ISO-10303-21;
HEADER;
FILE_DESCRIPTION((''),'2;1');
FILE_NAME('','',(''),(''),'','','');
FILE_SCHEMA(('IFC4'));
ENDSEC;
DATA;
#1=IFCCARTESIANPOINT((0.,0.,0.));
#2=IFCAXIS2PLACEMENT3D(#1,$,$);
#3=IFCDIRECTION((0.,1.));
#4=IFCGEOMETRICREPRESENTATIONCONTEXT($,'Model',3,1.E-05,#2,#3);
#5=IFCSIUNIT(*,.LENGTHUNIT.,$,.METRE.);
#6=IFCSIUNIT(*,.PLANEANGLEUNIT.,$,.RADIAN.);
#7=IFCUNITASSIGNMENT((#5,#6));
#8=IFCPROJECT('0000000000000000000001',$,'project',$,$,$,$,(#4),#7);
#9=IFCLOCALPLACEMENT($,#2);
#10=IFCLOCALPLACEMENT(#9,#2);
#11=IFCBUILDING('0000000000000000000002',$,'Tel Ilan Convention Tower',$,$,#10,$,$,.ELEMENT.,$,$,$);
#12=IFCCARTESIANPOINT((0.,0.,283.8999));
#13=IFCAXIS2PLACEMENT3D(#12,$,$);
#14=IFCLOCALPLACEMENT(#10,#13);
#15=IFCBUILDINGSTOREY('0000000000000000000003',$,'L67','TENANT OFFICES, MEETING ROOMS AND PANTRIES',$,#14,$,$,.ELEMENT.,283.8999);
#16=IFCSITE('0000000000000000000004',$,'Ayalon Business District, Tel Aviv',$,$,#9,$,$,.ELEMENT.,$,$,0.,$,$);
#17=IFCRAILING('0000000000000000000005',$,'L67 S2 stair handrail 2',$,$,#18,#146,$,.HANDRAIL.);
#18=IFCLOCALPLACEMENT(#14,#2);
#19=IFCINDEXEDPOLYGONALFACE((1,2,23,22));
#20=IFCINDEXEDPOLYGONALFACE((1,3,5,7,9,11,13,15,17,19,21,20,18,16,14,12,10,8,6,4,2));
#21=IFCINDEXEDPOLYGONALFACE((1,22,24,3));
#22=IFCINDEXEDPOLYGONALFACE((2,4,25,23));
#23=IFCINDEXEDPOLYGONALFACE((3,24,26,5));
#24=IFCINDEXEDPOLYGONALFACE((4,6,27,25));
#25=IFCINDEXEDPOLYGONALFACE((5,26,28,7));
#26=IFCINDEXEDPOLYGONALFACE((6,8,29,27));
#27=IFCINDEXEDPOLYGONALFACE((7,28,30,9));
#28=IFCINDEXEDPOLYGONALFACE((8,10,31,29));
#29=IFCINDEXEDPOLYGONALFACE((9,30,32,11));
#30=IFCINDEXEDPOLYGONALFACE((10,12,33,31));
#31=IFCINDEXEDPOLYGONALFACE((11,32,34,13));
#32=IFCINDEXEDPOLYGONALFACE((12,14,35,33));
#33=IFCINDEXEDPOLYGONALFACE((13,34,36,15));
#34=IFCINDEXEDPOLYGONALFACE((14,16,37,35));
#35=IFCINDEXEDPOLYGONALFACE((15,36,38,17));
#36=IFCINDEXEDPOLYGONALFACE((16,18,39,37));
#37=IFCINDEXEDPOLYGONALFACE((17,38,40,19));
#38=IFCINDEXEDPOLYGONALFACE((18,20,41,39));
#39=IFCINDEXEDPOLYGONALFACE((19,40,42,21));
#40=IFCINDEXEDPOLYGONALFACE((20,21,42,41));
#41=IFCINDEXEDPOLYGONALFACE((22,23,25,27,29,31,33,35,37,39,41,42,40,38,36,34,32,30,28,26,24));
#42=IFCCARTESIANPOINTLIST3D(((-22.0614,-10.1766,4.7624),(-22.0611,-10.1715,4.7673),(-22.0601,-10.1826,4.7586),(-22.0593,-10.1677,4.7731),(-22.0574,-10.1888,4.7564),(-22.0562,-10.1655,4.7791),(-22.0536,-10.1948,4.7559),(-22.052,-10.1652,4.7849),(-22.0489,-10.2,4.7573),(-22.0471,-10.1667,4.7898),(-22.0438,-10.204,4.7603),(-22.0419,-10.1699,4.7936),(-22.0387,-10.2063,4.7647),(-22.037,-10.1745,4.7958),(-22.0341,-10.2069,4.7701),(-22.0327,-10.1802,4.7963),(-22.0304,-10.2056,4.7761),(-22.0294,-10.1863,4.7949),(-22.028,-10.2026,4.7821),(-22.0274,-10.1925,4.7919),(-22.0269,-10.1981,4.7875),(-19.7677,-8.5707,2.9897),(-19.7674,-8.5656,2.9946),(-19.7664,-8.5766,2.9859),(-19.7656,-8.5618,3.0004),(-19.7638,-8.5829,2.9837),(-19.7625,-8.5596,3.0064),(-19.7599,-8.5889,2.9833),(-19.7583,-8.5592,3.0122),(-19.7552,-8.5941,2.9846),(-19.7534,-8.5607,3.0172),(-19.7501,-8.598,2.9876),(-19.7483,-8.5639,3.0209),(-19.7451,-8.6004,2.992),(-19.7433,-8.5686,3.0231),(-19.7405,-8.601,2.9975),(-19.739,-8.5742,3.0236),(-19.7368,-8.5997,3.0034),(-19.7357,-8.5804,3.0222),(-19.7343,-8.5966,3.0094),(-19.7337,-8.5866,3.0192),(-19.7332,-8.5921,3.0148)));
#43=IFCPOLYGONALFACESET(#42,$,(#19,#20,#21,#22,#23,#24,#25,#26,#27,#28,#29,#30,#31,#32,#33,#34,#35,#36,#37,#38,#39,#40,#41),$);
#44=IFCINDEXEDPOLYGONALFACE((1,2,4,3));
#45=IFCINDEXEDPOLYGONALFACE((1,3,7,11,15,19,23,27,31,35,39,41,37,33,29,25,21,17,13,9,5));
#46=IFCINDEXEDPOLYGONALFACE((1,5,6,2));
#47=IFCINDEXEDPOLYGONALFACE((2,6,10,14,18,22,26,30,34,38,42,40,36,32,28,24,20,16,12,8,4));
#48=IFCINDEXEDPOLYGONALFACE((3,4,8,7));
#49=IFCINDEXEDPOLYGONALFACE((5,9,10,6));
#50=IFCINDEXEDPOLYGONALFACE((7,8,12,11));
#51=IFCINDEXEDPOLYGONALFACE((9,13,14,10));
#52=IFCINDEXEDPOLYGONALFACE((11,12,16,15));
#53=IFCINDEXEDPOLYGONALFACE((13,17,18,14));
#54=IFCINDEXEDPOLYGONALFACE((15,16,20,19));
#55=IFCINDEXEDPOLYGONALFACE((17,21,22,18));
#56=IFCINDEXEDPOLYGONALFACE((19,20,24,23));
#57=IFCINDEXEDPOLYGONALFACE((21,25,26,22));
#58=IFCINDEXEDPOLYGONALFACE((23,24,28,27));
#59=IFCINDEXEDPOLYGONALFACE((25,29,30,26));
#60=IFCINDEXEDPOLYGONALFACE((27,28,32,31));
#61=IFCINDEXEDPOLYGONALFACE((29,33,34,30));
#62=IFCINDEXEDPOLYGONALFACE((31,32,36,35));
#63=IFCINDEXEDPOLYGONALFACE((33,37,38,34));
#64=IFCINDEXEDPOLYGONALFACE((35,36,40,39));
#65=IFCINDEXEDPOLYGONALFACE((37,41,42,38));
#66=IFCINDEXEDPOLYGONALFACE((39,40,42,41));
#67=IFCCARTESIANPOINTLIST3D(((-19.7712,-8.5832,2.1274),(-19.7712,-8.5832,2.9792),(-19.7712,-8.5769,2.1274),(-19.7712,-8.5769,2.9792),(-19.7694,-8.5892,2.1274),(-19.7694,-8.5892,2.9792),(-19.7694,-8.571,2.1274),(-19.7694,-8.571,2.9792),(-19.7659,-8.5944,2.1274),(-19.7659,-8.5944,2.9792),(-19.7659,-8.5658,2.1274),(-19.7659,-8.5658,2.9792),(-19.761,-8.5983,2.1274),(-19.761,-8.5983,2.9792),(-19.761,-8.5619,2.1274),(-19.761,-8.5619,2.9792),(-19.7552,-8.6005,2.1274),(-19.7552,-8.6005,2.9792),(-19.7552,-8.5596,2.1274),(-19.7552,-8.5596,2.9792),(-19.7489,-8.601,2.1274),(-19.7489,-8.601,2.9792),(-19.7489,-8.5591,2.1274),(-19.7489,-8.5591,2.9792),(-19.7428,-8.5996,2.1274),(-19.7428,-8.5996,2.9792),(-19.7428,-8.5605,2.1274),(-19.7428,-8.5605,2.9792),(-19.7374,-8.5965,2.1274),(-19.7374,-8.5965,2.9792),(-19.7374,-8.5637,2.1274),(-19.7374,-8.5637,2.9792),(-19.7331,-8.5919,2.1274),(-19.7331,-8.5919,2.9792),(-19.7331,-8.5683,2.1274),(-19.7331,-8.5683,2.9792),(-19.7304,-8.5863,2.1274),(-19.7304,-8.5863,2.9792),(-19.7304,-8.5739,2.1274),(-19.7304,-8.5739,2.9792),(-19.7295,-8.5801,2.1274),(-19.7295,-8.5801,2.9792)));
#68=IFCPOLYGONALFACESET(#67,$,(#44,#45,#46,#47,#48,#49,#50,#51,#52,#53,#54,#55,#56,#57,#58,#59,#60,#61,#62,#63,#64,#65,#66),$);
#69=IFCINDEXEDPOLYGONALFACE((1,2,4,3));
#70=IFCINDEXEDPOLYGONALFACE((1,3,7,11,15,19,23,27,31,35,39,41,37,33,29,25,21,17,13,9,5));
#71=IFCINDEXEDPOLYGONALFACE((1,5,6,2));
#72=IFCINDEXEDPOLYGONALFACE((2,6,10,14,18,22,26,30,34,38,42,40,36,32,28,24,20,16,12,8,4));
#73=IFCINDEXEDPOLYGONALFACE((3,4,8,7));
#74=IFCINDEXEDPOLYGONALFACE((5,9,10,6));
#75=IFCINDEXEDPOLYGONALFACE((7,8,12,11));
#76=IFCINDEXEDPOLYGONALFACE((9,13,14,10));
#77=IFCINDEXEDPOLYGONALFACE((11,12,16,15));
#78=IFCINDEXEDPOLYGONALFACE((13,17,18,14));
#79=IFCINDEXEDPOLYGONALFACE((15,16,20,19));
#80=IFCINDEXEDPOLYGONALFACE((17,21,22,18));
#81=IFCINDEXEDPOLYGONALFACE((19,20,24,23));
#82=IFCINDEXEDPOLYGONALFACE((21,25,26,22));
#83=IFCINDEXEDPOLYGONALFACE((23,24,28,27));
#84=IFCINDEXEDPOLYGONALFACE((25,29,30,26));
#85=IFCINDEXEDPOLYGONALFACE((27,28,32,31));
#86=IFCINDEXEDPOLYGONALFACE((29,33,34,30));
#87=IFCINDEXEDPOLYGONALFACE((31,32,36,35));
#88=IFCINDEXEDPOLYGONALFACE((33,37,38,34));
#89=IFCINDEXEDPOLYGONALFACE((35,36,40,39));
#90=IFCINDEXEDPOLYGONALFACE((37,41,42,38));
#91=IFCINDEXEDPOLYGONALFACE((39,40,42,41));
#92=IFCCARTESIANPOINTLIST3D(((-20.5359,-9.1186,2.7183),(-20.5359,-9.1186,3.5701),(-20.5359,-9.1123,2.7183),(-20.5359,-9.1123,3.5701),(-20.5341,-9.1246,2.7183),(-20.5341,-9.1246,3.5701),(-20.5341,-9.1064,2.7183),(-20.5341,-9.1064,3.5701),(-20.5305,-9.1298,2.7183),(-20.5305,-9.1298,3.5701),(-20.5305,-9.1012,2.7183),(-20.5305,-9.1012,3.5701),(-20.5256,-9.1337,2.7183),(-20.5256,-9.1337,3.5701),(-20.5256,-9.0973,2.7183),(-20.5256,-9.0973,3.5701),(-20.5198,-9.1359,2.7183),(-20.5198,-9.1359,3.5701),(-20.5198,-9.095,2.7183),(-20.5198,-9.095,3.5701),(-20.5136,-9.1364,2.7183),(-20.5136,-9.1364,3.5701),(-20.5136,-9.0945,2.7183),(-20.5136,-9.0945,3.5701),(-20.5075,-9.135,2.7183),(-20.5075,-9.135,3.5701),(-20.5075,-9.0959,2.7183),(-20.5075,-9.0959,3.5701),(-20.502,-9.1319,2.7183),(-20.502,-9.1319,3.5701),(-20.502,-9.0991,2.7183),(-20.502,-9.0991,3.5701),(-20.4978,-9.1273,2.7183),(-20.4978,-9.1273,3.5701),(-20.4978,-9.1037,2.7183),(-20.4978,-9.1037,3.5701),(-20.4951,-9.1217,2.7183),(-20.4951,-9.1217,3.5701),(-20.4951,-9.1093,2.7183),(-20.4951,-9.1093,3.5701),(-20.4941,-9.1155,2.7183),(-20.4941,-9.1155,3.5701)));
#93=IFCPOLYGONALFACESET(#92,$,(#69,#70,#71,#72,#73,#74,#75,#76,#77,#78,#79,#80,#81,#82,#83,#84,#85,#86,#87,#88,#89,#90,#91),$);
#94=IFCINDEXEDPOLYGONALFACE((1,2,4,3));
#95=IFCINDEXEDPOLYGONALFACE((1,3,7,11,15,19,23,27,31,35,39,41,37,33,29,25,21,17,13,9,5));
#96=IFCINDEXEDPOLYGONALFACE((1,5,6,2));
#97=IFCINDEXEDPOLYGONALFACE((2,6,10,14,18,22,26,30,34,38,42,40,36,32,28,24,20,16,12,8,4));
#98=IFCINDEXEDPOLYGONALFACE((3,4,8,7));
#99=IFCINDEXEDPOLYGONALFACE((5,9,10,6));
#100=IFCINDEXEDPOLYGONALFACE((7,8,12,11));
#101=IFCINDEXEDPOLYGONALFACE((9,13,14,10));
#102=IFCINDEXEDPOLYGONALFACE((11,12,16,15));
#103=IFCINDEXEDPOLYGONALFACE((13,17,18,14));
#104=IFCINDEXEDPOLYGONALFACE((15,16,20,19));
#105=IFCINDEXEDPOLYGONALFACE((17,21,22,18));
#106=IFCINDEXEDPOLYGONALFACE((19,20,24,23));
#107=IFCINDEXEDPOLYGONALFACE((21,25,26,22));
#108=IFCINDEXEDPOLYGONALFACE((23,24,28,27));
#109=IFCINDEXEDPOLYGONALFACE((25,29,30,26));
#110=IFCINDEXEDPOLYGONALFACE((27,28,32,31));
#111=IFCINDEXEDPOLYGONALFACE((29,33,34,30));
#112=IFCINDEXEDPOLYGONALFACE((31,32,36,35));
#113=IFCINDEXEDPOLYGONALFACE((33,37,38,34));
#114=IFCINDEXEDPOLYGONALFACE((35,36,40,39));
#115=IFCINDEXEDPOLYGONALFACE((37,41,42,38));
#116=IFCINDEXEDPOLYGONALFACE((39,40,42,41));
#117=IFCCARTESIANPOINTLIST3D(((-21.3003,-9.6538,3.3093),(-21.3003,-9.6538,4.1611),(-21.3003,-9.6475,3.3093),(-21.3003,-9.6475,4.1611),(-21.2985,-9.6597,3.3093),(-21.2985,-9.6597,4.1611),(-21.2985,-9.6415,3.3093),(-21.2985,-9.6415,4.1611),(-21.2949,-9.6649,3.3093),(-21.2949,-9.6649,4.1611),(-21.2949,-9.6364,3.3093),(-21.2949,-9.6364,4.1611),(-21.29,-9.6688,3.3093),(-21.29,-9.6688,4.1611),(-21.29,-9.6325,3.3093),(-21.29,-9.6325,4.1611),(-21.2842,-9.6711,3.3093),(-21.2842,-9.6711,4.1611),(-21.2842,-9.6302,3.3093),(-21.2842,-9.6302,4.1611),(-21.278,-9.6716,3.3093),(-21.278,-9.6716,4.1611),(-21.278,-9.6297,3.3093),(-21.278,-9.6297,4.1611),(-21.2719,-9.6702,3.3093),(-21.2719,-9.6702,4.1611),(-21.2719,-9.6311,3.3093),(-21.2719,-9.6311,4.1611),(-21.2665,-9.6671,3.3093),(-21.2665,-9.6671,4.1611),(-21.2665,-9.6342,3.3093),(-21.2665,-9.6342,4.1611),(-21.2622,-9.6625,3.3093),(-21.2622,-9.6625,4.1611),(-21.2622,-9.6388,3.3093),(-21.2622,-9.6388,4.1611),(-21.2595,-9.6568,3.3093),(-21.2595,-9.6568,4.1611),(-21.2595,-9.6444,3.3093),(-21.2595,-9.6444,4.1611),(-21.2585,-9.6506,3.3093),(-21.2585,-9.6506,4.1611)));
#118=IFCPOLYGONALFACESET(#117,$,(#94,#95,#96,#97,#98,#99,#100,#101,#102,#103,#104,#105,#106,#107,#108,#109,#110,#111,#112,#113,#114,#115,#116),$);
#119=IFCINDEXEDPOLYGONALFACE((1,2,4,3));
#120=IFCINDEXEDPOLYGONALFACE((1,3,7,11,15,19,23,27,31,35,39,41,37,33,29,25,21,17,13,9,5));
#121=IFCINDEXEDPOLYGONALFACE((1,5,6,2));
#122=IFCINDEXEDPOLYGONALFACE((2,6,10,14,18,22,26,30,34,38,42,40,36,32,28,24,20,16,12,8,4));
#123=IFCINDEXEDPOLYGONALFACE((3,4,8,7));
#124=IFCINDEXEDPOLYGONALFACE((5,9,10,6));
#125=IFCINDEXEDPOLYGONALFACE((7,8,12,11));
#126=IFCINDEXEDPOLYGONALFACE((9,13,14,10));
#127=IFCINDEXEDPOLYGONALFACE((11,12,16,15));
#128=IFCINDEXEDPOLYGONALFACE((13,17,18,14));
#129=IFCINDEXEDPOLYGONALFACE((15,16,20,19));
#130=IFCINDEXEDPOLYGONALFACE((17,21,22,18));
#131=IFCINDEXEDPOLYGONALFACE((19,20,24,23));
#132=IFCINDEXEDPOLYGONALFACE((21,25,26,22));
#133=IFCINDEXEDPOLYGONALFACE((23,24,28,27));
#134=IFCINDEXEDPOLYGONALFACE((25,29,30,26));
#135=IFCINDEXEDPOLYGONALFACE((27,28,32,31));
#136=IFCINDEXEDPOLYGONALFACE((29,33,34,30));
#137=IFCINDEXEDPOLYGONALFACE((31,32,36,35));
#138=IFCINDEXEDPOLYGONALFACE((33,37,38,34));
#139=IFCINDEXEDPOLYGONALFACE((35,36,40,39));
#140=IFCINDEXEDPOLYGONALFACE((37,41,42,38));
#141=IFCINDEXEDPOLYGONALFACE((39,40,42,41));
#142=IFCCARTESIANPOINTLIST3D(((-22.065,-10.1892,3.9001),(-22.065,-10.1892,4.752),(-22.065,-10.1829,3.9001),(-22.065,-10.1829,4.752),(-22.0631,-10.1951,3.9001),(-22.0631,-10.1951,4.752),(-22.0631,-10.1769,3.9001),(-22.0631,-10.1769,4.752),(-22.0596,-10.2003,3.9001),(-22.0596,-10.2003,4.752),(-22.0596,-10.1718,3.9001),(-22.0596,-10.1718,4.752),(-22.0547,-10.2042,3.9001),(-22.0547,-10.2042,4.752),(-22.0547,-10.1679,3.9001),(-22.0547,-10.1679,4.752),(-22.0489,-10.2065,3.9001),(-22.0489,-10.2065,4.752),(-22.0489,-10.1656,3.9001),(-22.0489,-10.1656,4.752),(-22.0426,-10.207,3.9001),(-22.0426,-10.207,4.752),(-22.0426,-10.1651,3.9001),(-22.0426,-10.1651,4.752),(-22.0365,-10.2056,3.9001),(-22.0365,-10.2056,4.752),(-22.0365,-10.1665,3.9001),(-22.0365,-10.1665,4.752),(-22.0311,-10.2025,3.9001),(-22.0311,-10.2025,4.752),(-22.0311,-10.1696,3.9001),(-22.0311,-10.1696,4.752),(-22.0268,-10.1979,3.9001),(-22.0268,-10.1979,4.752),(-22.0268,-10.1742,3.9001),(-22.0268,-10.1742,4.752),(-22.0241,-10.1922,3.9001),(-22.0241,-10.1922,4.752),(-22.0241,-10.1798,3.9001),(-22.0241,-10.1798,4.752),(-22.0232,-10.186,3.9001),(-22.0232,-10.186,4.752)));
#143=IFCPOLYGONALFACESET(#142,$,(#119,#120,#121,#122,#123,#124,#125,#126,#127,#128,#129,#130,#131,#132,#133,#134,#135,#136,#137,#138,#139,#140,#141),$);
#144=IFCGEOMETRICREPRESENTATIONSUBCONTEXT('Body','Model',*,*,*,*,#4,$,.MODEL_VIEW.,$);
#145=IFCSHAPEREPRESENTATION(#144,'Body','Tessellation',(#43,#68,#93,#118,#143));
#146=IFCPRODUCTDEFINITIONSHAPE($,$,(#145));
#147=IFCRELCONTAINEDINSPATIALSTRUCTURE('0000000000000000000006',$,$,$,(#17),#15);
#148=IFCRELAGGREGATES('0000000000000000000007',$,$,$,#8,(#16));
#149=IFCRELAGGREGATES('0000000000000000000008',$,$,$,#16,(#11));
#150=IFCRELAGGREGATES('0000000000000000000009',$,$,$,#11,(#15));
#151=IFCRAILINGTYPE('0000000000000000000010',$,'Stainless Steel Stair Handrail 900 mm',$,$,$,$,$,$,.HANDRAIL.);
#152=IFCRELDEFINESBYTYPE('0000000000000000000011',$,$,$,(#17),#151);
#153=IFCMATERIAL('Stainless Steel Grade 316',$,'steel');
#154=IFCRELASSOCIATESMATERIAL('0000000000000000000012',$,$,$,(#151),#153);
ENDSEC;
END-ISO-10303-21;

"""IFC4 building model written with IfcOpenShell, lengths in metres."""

from ifc_helpers import new_model, si_unit, direction, frame, origin, origin_2d, place, context, subcontext, project, spatial, circle, extrude, material, type_object, element, save


model = new_model("IFC4")

# Units and contexts
model_context = context("Model", 3, precision=1e-05, world=origin(), true_north=direction((0.0, 1.0)))
body_context = subcontext(model_context, "Body", "Model", "MODEL_VIEW")
ifc_project = project(units=[si_unit("LENGTHUNIT", "METRE"), si_unit("PLANEANGLEUNIT", "RADIAN")], contexts=[model_context])

# Site, building, storey
site_placement = place(None, origin())
site = spatial("IfcSite", under=ifc_project, at=site_placement, Name="Ayalon Business District, Tel Aviv", CompositionType="ELEMENT", RefElevation=0.0)
building_placement = place(site_placement, origin())
building = spatial("IfcBuilding", under=site, at=building_placement, Name="Tel Ilan Convention Tower", CompositionType="ELEMENT")
storey_placement = place(building_placement, frame((0.0, 0.0, 283.8999)))
storey = spatial("IfcBuildingStorey", under=building, at=storey_placement, Name="L67", Description="TENANT OFFICES, MEETING ROOMS AND PANTRIES", CompositionType="ELEMENT", Elevation=283.8999)

# Railing
ifc_material_1 = material(Name="Stainless Steel Grade 316", Category="steel")
railing_type_1 = type_object("IfcRailingType", Name="Stainless Steel Stair Handrail 900 mm", PredefinedType="HANDRAIL", material=ifc_material_1)
for number, where, name in (
    (1, (-19.7505, -8.5801, 2.1274), "L67 S2 stair handrail 2"),
):
    element("IfcRailing", number, at=place(storey_placement, frame(where)), inside=storey, type_object=railing_type_1, Name=name, PredefinedType="HANDRAIL", context=body_context, shape_type="SweptSolid", body=[
        extrude(circle(Radius=0.0239, at=origin_2d()), frame((0.0, 0.0, 0.876), z_axis=(-0.692123, -0.484597, 0.534913), x_axis=(0.57355, -0.81917, 0.0)), (0.0, 0.0, 1.0), 3.314),
        extrude(circle(Radius=0.021, at=origin_2d()), origin(), (0.0, 0.0, 1.0), 0.8518),
        extrude(circle(Radius=0.021, at=origin_2d()), frame((-0.7646, -0.5354, 0.5908)), (0.0, 0.0, 1.0), 0.8518),
        extrude(circle(Radius=0.021, at=origin_2d()), frame((-1.5291, -1.0706, 1.1819)), (0.0, 0.0, 1.0), 0.8518),
        extrude(circle(Radius=0.021, at=origin_2d()), frame((-2.2937, -1.606, 1.7727)), (0.0, 0.0, 1.0), 0.8518),
    ])

save(model, "model.ifc")
